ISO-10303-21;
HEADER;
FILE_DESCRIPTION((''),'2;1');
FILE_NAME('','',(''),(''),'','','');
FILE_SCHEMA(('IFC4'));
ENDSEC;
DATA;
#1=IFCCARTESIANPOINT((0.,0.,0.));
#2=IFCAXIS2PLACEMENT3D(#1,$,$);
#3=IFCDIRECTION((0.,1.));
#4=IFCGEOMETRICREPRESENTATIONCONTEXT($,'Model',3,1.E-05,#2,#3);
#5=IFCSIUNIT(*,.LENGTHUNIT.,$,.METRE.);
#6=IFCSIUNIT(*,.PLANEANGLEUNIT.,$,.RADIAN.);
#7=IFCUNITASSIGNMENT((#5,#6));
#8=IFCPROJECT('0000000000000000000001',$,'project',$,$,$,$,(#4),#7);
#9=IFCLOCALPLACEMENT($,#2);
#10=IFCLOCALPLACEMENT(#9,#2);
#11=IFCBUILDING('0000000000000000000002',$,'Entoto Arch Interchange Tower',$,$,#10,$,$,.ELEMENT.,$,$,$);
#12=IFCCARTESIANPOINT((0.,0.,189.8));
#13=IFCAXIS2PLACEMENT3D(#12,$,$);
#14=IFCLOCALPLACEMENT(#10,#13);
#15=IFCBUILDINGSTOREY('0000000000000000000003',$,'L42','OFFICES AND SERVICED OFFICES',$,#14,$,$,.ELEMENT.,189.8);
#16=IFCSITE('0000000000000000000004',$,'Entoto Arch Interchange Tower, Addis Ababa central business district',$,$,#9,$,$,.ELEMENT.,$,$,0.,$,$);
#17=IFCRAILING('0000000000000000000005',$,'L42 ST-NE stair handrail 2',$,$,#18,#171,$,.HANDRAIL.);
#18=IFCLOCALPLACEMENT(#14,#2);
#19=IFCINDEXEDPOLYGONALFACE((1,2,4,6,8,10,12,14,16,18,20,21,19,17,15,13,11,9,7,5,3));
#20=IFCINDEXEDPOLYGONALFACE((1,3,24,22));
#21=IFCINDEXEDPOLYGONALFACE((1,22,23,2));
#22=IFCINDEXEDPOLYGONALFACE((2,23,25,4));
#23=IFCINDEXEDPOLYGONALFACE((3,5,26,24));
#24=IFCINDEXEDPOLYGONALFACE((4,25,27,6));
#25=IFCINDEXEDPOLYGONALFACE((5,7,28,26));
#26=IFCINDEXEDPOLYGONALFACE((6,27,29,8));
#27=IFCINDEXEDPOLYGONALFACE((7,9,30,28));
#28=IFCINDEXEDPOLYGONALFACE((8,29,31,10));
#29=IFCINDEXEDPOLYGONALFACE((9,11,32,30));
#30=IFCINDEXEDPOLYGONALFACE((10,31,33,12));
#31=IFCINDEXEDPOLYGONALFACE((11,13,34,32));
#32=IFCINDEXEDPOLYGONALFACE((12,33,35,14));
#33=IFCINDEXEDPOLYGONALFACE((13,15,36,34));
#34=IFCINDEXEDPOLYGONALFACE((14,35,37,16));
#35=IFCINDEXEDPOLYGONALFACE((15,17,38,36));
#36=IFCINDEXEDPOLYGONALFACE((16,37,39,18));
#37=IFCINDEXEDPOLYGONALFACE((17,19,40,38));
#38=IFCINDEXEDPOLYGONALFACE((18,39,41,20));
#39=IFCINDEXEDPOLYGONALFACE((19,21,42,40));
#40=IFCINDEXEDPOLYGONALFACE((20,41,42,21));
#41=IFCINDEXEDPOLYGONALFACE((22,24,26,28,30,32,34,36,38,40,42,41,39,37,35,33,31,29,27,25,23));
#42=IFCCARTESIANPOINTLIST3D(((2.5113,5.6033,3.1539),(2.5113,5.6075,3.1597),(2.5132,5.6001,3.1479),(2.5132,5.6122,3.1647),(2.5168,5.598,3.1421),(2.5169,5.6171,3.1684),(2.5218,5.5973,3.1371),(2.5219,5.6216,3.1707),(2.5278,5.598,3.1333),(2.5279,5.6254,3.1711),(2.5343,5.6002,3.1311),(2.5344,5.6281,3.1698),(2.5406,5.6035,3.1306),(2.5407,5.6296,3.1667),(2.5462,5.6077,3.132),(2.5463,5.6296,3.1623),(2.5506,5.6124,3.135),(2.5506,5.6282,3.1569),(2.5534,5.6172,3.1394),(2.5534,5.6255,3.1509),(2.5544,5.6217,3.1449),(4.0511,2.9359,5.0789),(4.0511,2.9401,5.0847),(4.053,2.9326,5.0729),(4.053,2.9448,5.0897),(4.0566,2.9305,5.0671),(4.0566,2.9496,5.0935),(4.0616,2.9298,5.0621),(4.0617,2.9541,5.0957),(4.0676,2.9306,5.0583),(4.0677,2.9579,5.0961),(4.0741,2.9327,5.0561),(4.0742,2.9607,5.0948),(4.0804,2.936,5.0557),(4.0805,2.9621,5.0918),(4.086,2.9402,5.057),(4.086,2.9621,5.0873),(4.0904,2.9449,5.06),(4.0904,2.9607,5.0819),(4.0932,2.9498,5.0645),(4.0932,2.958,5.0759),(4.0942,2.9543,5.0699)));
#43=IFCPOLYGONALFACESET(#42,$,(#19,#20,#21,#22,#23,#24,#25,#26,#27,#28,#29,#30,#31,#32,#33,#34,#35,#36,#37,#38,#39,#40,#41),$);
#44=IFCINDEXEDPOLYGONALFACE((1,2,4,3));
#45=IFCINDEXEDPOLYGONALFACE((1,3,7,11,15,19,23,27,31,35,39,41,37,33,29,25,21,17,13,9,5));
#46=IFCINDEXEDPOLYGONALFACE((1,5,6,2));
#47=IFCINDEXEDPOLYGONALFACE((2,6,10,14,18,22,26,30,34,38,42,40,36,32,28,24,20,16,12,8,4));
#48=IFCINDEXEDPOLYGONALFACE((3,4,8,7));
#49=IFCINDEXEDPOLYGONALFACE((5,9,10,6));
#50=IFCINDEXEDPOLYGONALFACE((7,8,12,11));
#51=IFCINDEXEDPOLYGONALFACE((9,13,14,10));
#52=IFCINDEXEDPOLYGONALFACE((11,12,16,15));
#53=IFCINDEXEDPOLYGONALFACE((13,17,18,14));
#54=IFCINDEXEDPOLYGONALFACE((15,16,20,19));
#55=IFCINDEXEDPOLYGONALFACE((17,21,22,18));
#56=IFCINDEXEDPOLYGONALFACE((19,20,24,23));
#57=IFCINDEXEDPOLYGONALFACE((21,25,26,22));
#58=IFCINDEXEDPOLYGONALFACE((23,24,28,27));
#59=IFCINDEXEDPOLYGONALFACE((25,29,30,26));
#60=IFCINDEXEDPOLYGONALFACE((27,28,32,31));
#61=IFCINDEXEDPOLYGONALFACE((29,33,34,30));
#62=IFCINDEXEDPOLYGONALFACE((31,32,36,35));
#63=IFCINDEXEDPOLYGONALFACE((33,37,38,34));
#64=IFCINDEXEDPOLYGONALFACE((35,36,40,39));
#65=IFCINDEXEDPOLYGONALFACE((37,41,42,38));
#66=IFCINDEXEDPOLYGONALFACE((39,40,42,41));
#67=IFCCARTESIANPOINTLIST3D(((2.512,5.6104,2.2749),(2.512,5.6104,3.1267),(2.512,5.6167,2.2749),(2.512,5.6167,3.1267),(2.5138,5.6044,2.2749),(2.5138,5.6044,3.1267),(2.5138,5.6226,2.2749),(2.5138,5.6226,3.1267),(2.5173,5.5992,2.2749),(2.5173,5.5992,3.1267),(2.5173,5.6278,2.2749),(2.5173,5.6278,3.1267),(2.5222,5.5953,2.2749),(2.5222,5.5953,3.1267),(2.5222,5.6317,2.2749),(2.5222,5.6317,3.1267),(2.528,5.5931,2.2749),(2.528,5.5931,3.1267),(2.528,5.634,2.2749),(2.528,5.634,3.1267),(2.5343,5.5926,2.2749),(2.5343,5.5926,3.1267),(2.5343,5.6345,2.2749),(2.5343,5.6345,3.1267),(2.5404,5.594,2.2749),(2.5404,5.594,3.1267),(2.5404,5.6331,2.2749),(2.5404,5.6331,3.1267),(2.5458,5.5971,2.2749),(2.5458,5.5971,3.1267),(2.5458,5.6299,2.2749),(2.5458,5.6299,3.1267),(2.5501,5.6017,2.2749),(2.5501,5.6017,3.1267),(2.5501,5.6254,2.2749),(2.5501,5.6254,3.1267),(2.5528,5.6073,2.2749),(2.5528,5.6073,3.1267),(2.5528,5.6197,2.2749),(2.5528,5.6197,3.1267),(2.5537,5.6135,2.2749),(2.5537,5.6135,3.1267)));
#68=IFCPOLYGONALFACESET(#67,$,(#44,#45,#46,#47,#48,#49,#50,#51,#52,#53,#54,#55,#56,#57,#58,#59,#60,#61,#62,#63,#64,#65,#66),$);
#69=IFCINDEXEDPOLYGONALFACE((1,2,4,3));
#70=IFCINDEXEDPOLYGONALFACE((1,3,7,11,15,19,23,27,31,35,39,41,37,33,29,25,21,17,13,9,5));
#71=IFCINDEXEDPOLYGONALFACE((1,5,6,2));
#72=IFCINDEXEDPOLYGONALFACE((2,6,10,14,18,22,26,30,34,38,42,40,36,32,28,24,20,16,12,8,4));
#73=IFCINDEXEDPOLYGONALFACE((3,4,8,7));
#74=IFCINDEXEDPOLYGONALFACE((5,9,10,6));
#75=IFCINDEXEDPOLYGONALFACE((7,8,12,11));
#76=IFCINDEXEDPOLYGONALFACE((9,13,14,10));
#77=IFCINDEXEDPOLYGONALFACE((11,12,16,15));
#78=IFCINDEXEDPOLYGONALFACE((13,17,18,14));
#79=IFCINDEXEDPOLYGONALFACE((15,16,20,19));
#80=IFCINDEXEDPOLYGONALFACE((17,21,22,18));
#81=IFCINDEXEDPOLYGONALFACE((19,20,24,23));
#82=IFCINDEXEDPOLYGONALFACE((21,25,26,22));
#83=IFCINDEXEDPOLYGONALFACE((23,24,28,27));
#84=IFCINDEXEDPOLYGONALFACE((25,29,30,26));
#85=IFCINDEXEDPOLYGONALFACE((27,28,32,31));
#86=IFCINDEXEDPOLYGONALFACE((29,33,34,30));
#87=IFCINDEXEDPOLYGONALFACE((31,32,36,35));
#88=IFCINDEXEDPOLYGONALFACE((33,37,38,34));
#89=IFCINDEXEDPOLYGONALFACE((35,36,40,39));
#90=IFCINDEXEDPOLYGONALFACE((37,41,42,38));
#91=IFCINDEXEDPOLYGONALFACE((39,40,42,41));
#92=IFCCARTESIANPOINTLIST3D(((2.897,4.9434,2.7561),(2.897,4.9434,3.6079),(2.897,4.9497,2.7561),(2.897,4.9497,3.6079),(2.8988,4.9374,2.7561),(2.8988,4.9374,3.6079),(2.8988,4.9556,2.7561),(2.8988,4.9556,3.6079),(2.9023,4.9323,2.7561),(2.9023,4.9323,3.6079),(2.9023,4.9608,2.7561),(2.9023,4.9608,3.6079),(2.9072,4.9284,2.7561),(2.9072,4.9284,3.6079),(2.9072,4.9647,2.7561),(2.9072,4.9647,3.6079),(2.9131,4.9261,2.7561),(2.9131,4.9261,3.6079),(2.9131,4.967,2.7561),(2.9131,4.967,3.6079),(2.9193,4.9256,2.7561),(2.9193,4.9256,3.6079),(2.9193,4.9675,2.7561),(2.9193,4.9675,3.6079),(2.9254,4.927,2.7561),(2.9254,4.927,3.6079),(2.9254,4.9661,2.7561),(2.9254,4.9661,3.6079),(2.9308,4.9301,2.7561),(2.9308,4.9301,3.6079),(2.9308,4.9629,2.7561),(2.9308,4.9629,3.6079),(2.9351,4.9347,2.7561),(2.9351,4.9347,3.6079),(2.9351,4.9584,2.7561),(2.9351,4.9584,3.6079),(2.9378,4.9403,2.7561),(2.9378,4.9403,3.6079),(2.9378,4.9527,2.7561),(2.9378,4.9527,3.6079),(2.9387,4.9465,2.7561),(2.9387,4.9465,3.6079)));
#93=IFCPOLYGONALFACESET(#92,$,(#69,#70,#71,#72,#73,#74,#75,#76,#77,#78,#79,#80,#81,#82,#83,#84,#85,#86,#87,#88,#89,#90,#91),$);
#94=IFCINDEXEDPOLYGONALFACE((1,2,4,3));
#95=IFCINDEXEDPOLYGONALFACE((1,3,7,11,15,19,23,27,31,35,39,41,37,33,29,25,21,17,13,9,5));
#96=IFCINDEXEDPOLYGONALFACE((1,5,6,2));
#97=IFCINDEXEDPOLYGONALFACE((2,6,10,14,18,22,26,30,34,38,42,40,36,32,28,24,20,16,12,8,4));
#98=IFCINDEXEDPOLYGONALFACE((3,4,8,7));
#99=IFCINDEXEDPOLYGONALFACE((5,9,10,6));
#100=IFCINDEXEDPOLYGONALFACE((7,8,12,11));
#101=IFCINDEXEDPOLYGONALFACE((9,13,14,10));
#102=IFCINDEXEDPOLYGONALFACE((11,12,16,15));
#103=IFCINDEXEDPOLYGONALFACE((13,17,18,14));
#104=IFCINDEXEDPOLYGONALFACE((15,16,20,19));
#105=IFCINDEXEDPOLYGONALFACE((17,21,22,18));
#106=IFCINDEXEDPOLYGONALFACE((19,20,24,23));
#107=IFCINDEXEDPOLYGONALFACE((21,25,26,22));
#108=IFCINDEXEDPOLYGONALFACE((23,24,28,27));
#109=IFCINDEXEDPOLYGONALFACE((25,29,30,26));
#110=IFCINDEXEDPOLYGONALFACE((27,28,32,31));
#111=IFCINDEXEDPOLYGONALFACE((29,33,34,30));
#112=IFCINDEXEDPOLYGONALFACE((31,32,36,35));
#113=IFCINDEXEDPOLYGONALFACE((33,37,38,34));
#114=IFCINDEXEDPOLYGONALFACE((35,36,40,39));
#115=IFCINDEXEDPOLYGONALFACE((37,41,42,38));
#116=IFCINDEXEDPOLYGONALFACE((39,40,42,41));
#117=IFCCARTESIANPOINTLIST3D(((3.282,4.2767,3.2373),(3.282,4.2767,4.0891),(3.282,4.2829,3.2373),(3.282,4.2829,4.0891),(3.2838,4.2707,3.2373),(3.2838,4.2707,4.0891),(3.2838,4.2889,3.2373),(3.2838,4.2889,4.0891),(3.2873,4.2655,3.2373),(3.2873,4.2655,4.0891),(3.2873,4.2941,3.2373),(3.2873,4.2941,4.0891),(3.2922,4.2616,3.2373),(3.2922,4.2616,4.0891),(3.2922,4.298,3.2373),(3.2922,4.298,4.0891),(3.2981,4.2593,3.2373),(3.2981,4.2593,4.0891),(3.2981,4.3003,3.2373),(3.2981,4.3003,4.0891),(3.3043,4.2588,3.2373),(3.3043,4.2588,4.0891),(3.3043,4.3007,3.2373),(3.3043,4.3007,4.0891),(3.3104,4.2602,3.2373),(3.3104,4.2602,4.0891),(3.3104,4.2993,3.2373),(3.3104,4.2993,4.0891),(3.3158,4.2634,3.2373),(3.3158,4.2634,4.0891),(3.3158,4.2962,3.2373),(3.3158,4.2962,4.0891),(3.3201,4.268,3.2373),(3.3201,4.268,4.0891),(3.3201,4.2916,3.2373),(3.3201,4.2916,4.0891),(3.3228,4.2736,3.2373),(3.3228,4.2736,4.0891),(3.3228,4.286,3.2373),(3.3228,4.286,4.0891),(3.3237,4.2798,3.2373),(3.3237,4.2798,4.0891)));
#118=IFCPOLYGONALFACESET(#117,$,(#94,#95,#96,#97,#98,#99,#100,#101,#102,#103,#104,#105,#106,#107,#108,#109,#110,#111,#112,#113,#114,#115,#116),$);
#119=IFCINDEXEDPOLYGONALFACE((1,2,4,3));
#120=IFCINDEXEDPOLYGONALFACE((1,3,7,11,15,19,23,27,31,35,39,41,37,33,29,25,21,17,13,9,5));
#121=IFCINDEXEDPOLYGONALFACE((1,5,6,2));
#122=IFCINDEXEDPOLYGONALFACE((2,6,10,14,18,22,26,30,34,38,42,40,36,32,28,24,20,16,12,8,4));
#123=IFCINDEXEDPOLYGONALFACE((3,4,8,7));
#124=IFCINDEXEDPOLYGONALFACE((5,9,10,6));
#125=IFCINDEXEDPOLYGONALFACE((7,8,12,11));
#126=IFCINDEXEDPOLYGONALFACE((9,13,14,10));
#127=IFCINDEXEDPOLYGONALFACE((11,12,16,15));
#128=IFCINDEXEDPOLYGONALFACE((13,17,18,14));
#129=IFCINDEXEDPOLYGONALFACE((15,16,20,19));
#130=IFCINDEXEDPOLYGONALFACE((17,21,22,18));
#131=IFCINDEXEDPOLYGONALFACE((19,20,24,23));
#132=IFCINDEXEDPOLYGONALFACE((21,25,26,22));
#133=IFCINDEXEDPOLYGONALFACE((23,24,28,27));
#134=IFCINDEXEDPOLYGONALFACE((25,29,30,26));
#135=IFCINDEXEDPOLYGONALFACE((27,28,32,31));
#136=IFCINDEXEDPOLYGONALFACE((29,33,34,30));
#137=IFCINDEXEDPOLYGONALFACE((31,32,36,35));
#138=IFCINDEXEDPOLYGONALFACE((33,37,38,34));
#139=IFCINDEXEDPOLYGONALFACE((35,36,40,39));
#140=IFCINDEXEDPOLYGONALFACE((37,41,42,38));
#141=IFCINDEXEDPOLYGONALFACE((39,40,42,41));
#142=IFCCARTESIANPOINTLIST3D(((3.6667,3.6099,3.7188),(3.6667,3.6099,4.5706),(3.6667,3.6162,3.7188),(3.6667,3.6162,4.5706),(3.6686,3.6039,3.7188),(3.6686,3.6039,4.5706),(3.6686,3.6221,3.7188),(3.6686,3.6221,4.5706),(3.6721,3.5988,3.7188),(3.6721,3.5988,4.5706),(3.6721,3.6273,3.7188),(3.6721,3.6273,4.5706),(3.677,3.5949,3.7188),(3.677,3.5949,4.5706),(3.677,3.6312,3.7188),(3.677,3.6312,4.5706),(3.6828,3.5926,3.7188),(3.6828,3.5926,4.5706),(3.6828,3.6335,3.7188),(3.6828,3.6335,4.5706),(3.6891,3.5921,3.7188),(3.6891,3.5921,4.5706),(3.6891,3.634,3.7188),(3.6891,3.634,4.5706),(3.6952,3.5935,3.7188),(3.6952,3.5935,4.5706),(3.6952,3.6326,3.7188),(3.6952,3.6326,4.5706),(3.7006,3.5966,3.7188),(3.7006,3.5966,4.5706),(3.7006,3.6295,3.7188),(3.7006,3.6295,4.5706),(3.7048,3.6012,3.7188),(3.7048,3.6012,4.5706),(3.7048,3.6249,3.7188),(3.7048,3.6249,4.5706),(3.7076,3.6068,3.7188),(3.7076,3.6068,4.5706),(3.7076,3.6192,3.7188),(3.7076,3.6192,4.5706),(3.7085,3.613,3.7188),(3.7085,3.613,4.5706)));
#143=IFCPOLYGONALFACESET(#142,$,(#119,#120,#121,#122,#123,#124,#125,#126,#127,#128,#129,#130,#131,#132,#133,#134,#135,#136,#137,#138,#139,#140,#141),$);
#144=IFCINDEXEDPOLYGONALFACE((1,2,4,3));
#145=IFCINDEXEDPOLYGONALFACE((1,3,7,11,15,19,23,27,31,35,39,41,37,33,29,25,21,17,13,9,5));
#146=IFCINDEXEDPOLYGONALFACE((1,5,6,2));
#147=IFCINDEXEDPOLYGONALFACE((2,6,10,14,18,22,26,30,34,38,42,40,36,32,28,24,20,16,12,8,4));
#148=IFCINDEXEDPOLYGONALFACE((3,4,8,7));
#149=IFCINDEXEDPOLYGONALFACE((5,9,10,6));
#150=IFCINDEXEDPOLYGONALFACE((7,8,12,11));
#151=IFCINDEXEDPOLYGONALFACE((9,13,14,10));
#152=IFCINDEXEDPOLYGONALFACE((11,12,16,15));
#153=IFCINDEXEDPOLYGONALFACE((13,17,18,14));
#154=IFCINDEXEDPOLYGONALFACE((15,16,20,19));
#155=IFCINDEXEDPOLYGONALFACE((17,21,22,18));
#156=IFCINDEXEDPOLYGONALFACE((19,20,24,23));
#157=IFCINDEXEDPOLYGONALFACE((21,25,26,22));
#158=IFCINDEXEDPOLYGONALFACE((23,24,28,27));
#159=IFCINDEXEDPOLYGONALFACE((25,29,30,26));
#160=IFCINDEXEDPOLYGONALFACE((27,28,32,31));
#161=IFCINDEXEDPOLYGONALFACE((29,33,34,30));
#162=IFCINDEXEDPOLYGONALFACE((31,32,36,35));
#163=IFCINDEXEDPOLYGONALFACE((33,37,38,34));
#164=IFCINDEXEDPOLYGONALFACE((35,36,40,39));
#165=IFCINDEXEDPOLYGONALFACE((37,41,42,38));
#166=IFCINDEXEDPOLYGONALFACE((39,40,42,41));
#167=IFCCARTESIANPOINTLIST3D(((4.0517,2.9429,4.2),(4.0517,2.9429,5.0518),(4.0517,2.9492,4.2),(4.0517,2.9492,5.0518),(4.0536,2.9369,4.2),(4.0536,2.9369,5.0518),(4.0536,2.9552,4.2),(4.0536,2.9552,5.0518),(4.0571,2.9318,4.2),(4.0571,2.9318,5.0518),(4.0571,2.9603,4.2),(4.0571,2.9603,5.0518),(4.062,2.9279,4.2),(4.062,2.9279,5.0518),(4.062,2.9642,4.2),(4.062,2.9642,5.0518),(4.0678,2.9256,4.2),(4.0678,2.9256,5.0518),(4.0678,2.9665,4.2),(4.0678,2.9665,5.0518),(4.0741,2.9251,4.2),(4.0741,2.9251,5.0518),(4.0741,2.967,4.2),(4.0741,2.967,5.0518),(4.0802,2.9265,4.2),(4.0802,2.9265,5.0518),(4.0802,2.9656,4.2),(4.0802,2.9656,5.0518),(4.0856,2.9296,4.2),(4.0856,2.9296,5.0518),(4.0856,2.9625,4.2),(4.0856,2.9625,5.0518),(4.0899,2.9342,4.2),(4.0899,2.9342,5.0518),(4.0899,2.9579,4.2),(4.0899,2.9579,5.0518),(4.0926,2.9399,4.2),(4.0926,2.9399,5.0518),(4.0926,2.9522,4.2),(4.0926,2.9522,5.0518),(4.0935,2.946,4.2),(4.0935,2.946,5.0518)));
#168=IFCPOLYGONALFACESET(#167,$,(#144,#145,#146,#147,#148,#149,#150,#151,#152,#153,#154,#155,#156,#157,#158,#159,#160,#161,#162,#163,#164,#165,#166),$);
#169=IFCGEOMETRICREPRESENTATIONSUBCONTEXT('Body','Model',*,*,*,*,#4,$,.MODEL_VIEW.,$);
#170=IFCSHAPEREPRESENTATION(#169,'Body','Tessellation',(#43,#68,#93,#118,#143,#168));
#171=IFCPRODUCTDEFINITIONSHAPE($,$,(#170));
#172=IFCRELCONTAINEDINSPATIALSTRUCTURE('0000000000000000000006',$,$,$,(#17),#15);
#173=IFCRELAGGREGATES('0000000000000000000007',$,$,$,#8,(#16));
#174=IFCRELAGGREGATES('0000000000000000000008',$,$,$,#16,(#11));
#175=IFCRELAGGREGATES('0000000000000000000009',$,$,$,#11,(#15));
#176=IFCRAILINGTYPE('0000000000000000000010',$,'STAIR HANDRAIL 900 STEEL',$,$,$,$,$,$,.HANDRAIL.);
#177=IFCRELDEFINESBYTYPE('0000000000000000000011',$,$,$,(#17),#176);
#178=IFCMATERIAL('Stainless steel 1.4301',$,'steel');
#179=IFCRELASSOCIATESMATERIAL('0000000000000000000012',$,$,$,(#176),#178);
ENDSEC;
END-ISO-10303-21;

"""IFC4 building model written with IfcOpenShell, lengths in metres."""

from ifc_helpers import new_model, si_unit, direction, frame, origin, origin_2d, place, context, subcontext, project, spatial, circle, extrude, material, type_object, element, save


model = new_model("IFC4")

# Units and contexts
model_context = context("Model", 3, precision=1e-05, world=origin(), true_north=direction((0.0, 1.0)))
body_context = subcontext(model_context, "Body", "Model", "MODEL_VIEW")
ifc_project = project(units=[si_unit("LENGTHUNIT", "METRE"), si_unit("PLANEANGLEUNIT", "RADIAN")], contexts=[model_context])

# Site, building, storey
site_placement = place(None, origin())
site = spatial("IfcSite", under=ifc_project, at=site_placement, Name="Entoto Arch Interchange Tower, Addis Ababa central business district", CompositionType="ELEMENT", RefElevation=0.0)
building_placement = place(site_placement, origin())
building = spatial("IfcBuilding", under=site, at=building_placement, Name="Entoto Arch Interchange Tower", CompositionType="ELEMENT")
storey_placement = place(building_placement, frame((0.0, 0.0, 189.8)))
storey = spatial("IfcBuildingStorey", under=building, at=storey_placement, Name="L42", Description="OFFICES AND SERVICED OFFICES", CompositionType="ELEMENT", Elevation=189.8)

# Railing
ifc_material_1 = material(Name="Stainless steel 1.4301", Category="steel")
railing_type_1 = type_object("IfcRailingType", Name="STAIR HANDRAIL 900 STEEL", PredefinedType="HANDRAIL", material=ifc_material_1)
railing_1_placement = place(storey_placement, frame((2.5327, 5.6135, 2.2749)))
element("IfcRailing", 1, at=railing_1_placement, inside=storey, type_object=railing_type_1, Name="L42 ST-NE stair handrail 2", PredefinedType="HANDRAIL", context=body_context, shape_type="SweptSolid", body=[
    extrude(circle(Radius=0.0239, at=origin_2d()), frame((0.0, 0.0, 0.876), z_axis=(0.423939, -0.734416, 0.530008), x_axis=(0.866064, 0.499933, 0.0)), (0.0, 0.0, 1.0), 3.6321),
    extrude(circle(Radius=0.021, at=origin_2d()), origin(), (0.0, 0.0, 1.0), 0.8518),
    extrude(circle(Radius=0.021, at=origin_2d()), frame((0.385, -0.667, 0.4812)), (0.0, 0.0, 1.0), 0.8518),
    extrude(circle(Radius=0.021, at=origin_2d()), frame((0.77, -1.3337, 0.9624)), (0.0, 0.0, 1.0), 0.8518),
    extrude(circle(Radius=0.021, at=origin_2d()), frame((1.1548, -2.0005, 1.4438)), (0.0, 0.0, 1.0), 0.8518),
    extrude(circle(Radius=0.021, at=origin_2d()), frame((1.5398, -2.6675, 1.925)), (0.0, 0.0, 1.0), 0.8518),
])

save(model, "model.ifc")
